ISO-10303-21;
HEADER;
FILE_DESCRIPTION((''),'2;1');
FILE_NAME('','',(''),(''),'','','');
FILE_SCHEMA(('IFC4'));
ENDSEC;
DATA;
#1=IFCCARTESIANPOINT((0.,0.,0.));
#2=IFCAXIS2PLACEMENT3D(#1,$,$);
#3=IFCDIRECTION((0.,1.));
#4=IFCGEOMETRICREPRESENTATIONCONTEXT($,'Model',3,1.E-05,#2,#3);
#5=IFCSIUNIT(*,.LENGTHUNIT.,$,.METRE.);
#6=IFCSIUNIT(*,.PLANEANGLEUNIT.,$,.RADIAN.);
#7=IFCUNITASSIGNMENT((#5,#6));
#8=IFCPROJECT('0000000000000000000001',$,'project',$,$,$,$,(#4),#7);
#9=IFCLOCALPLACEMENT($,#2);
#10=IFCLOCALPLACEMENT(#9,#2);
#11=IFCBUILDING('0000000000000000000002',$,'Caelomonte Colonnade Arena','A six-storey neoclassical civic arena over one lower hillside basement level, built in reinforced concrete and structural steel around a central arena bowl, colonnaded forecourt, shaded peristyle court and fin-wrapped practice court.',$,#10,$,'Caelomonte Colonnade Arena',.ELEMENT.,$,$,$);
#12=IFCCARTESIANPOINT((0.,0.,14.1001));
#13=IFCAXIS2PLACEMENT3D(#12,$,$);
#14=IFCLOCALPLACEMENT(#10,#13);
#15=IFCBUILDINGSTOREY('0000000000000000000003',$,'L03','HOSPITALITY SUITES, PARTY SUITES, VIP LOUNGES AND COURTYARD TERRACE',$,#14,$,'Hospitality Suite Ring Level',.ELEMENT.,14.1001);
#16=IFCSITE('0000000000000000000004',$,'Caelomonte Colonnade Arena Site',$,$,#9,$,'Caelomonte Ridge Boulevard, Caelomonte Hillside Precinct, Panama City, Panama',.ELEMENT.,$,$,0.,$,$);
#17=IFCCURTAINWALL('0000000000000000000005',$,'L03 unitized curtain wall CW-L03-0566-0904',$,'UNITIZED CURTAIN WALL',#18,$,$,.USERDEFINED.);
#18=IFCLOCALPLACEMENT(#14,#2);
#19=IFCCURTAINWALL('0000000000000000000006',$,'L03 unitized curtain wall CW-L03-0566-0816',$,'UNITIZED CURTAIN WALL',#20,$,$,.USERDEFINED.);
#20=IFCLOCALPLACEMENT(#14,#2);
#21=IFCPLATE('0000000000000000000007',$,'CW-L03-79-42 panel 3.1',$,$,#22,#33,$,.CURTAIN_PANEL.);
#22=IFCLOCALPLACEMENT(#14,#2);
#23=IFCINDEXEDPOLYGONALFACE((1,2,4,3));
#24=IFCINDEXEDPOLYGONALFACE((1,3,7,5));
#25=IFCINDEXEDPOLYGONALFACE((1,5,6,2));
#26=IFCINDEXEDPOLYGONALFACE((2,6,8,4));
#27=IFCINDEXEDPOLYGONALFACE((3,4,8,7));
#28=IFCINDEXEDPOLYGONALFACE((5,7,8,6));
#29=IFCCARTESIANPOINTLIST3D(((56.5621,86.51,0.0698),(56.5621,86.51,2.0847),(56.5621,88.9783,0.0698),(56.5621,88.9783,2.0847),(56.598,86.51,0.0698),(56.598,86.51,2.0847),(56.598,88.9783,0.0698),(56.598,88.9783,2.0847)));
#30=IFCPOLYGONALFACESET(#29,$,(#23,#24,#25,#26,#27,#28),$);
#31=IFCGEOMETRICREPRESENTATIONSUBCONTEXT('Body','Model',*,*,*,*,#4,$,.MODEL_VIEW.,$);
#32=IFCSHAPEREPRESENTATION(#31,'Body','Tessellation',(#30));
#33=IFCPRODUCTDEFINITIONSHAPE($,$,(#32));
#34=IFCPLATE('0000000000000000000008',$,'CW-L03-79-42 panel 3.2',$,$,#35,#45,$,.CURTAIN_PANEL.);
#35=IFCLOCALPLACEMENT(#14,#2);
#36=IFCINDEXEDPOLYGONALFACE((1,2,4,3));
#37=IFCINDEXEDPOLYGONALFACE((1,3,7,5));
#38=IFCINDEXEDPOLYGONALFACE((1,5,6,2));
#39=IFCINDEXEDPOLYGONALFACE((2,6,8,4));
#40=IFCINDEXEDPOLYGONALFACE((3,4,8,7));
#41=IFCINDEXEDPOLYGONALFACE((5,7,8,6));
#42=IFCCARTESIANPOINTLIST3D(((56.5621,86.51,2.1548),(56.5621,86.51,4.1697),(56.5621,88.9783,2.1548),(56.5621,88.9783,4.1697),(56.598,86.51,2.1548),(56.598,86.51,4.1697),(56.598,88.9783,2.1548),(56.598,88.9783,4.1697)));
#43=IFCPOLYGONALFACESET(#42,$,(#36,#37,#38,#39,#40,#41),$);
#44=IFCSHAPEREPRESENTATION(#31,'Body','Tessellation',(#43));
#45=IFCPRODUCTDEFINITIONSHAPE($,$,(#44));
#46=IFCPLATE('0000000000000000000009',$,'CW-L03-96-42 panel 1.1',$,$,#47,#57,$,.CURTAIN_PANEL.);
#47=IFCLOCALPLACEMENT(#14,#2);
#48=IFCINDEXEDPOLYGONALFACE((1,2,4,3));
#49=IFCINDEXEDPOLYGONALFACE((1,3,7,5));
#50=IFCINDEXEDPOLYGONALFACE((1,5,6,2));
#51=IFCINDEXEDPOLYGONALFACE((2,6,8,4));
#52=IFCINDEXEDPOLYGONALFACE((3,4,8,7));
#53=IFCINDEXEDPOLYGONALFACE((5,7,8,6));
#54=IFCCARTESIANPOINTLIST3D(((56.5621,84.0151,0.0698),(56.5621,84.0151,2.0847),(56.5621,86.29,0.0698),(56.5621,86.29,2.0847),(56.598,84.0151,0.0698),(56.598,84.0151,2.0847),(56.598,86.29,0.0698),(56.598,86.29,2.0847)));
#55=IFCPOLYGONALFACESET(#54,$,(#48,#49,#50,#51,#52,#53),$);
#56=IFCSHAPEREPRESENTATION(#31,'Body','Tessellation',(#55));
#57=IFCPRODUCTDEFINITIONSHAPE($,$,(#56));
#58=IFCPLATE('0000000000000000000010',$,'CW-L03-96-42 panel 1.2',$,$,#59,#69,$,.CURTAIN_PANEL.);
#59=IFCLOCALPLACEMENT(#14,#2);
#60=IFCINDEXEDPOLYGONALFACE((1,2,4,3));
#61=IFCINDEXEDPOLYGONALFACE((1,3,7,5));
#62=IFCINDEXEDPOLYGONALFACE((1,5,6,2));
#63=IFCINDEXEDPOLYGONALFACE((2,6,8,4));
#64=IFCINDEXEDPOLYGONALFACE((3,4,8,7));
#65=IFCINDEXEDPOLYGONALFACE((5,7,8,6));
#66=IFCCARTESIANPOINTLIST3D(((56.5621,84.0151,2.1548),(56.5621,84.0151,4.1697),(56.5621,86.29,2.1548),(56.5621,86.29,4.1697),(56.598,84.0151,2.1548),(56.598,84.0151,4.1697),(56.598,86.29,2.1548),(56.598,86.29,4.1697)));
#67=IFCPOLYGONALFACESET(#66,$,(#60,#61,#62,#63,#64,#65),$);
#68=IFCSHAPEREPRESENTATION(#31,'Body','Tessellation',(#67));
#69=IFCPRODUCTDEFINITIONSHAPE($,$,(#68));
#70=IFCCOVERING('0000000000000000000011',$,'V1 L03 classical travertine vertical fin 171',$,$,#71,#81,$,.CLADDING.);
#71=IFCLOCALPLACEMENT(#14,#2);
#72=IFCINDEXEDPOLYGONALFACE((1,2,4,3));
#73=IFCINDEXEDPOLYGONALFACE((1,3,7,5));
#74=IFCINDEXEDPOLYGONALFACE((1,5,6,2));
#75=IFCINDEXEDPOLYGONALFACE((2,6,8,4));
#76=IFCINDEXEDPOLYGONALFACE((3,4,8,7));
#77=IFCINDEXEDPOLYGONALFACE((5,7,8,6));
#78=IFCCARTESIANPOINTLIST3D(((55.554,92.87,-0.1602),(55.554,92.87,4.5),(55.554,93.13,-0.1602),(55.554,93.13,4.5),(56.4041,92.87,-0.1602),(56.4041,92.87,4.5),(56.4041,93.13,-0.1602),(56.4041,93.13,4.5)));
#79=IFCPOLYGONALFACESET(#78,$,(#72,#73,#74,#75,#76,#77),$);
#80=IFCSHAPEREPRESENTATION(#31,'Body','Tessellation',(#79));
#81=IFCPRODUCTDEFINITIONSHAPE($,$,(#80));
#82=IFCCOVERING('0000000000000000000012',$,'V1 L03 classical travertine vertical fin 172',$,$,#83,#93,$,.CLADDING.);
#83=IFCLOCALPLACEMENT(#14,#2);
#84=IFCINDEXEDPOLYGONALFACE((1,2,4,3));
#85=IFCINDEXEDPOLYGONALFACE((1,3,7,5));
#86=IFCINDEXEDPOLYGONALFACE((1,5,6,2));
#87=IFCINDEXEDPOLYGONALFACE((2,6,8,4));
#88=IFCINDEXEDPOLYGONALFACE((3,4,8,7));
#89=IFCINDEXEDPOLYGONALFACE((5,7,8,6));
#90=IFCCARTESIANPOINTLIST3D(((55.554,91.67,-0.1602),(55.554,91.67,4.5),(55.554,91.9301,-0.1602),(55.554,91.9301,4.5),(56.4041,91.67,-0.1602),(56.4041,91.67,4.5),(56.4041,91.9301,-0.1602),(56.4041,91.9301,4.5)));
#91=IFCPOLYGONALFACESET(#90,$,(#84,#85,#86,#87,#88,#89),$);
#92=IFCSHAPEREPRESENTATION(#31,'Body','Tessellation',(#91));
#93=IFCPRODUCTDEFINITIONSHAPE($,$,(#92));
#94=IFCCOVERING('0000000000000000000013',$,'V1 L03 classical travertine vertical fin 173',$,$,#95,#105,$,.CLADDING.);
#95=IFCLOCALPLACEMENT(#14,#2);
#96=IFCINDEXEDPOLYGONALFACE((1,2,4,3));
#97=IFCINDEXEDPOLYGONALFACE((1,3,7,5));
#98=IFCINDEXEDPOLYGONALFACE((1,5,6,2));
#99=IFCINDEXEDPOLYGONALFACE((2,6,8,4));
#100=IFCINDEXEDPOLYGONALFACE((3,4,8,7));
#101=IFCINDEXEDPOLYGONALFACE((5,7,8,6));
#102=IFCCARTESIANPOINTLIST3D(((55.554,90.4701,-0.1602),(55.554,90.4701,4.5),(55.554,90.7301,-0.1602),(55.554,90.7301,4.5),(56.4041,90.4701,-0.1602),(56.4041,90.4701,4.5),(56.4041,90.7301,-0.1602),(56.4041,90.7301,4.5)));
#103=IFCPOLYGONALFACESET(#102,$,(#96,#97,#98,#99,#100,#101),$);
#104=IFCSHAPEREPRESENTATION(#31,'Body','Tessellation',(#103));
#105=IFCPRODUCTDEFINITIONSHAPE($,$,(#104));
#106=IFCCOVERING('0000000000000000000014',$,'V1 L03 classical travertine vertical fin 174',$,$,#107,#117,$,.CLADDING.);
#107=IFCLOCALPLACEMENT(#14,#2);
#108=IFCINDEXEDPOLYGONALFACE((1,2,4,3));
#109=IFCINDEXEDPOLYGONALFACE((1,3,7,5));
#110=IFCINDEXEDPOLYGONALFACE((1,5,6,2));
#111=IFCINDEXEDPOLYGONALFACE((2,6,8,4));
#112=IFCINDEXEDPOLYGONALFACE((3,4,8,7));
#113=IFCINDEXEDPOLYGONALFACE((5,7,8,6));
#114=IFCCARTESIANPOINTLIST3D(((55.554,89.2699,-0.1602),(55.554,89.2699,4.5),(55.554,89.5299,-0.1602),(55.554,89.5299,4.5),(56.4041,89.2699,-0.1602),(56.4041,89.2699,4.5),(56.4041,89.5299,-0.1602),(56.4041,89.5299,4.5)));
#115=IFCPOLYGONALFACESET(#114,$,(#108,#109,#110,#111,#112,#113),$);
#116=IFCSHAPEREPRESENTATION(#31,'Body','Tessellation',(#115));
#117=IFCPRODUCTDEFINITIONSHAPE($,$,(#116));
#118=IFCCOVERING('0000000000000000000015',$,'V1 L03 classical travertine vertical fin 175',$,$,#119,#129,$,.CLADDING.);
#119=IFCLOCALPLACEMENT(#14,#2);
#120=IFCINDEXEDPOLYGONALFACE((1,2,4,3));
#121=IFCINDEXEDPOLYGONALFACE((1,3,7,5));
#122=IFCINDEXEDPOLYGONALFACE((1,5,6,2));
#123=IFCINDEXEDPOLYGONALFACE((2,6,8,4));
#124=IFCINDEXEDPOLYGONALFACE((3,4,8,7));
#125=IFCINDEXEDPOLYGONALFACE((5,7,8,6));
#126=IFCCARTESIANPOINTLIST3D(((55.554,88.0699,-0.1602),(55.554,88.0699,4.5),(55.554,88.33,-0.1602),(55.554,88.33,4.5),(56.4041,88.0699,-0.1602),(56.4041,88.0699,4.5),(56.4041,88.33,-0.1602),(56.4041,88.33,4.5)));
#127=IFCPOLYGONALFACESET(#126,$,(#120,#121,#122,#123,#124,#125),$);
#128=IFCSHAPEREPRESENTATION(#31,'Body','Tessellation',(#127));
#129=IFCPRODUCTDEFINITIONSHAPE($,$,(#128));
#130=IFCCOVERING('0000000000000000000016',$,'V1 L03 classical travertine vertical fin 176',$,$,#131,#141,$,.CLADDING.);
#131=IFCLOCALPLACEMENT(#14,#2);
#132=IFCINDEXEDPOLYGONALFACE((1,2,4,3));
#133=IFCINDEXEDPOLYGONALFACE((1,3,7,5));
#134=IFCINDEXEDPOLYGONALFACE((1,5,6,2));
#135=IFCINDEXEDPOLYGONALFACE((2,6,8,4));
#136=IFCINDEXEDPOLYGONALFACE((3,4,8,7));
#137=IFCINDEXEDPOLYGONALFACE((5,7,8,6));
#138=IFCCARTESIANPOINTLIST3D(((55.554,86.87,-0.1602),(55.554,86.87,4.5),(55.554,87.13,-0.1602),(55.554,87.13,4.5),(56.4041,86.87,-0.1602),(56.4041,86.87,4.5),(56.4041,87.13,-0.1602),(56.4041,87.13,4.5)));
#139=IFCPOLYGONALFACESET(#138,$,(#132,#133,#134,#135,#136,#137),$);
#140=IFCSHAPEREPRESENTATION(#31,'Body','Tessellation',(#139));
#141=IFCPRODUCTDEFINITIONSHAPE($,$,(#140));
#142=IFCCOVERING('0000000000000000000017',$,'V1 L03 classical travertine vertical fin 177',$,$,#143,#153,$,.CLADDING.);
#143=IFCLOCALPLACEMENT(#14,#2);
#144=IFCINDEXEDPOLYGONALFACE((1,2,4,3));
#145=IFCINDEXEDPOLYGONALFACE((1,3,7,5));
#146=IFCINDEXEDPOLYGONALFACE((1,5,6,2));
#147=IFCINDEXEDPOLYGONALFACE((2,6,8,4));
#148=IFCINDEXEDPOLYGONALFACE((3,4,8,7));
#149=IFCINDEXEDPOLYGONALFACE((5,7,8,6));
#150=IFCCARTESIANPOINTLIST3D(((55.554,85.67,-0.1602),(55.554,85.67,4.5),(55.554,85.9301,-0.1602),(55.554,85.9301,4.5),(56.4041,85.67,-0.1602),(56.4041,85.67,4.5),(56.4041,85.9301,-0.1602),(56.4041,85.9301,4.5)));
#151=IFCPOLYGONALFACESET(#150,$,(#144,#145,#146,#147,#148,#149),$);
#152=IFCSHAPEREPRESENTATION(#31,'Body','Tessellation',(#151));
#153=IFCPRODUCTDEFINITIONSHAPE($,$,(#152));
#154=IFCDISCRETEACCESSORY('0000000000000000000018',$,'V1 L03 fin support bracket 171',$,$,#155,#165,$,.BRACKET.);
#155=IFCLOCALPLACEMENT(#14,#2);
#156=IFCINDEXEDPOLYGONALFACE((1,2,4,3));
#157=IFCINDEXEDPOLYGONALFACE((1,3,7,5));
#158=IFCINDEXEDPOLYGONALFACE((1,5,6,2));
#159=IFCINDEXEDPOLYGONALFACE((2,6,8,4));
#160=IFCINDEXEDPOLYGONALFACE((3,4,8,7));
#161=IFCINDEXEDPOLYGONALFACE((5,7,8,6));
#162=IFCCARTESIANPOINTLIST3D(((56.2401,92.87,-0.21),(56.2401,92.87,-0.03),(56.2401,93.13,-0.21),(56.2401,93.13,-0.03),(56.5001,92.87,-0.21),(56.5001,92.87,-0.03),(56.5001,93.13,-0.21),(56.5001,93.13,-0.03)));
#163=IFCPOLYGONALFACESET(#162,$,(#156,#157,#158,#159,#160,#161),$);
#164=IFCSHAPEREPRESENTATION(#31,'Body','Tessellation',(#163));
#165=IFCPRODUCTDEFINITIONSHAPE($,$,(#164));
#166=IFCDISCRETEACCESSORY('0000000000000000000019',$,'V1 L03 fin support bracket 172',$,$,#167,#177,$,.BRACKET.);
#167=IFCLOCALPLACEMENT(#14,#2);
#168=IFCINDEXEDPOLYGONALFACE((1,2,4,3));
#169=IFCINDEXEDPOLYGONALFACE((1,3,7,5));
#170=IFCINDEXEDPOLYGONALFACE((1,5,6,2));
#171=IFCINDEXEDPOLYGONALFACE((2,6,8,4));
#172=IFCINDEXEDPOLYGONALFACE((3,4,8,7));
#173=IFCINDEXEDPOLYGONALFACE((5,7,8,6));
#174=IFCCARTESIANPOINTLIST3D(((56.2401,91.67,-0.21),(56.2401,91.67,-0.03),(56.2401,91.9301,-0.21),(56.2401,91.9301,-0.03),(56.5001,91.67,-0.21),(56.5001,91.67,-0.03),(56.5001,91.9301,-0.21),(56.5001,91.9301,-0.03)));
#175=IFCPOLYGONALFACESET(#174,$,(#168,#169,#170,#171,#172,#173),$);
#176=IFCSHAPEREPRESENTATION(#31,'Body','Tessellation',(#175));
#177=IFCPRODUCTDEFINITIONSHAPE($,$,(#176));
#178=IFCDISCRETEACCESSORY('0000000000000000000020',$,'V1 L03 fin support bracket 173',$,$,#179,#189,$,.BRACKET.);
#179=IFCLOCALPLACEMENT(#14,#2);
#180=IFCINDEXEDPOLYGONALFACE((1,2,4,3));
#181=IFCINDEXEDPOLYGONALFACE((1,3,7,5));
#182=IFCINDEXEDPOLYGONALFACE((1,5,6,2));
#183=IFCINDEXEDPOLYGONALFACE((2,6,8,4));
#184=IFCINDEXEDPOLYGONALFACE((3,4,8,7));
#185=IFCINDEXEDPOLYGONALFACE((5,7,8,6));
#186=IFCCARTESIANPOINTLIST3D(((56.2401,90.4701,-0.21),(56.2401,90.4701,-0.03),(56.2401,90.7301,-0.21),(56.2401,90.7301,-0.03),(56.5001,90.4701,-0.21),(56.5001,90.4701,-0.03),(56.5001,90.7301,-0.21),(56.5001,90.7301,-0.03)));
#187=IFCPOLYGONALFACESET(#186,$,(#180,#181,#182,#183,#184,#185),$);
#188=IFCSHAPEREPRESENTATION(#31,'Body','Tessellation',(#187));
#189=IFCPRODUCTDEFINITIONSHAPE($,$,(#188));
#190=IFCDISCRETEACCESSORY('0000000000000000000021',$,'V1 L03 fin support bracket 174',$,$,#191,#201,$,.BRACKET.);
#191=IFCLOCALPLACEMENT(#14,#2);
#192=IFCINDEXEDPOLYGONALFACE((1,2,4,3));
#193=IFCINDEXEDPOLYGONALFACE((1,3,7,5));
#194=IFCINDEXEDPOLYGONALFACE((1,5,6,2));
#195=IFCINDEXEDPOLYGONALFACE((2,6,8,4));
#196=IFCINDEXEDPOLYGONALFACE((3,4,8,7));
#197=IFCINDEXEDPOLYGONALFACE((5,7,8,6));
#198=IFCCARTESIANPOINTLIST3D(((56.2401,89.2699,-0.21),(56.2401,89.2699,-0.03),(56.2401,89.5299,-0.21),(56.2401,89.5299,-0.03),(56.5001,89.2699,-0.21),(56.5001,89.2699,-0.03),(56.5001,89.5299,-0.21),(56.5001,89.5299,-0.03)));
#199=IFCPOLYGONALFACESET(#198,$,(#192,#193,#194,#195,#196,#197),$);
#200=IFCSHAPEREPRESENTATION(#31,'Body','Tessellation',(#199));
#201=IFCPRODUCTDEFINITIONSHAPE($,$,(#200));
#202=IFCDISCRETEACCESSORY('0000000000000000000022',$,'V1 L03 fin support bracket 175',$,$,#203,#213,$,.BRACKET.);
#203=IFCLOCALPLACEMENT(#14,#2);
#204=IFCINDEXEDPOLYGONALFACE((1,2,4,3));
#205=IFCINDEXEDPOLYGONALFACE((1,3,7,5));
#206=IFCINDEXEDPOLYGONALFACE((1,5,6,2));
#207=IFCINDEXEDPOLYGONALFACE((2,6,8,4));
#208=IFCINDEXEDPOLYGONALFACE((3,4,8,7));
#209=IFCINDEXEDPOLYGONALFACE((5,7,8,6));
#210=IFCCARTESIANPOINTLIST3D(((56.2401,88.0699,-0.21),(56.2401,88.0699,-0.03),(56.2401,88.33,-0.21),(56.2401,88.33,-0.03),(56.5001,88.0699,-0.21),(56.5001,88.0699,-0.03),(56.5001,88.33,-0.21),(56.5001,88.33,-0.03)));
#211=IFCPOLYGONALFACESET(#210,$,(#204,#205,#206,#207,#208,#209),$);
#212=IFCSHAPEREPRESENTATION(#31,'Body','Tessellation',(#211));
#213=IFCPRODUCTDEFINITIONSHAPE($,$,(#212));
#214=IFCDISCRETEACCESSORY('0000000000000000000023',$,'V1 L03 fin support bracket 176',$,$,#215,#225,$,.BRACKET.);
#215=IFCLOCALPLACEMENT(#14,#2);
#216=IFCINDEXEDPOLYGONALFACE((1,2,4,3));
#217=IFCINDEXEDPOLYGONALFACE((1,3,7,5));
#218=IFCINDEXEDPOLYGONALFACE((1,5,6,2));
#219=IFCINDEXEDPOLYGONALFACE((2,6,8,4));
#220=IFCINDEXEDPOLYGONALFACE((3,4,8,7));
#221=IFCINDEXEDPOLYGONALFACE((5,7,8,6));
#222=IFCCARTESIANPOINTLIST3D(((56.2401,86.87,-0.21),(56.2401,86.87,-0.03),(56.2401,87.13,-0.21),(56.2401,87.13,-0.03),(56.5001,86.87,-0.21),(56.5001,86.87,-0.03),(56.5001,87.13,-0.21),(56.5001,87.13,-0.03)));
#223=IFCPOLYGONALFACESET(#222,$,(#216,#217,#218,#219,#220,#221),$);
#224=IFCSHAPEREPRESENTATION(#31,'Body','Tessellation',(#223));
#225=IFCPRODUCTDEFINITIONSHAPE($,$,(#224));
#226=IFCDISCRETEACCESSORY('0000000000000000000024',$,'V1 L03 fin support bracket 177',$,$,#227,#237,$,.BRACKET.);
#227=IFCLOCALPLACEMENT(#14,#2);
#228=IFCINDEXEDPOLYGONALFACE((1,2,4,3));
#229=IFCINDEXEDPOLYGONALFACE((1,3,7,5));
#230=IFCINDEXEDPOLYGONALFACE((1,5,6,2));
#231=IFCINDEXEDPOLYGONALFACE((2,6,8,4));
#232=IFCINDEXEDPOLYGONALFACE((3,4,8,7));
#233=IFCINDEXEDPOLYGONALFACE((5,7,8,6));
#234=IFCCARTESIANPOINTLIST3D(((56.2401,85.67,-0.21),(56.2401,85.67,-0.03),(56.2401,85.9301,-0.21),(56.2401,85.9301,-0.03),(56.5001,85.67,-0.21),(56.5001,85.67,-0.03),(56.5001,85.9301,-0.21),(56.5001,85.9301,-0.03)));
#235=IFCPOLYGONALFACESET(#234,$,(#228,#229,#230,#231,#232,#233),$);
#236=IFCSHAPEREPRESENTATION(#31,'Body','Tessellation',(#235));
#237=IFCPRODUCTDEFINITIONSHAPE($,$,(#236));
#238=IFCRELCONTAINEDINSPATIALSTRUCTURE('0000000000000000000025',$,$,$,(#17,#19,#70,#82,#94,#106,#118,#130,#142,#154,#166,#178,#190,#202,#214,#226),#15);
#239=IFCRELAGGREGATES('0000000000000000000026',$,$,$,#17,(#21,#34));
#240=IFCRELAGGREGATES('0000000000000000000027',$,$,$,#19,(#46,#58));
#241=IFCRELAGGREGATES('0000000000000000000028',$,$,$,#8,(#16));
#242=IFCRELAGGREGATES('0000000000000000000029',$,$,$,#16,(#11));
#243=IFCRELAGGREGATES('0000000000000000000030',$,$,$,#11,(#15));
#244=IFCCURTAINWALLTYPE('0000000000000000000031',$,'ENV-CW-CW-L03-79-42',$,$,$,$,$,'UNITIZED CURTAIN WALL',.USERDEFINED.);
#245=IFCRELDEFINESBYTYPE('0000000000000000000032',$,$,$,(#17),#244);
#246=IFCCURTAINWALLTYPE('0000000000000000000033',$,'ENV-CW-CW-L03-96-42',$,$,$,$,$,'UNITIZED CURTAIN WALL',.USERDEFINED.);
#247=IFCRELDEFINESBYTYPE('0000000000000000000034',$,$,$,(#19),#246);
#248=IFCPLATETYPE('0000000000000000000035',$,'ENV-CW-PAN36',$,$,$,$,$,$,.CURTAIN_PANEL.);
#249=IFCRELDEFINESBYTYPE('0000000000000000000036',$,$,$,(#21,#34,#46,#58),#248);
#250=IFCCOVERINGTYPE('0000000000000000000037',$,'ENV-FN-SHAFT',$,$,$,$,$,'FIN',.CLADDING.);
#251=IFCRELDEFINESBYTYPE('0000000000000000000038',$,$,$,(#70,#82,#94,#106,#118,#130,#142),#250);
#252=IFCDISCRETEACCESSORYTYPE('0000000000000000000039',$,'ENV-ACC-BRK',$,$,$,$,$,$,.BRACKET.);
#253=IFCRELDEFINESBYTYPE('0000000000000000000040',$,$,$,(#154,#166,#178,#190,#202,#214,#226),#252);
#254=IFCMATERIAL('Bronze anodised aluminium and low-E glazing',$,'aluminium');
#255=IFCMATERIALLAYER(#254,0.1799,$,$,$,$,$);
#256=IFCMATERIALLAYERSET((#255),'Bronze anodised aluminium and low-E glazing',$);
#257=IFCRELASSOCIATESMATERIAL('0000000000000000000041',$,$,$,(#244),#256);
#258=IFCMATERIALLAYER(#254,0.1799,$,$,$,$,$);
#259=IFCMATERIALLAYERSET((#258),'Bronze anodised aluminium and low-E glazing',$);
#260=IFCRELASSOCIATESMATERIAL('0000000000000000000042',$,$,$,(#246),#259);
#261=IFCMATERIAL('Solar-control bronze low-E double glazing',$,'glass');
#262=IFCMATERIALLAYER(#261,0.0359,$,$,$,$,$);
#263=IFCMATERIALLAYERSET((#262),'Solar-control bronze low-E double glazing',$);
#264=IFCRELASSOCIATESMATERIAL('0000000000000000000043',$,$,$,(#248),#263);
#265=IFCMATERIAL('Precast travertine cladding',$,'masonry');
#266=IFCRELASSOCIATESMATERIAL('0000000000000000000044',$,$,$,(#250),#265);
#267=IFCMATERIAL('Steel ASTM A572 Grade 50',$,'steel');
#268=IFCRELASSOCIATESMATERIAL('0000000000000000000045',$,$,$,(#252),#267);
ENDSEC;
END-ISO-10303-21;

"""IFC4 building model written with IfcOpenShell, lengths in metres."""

from ifc_helpers import new_model, si_unit, direction, frame, origin, origin_2d, place, context, subcontext, project, spatial, rectangle, extrude, material, layer, layer_set, material_profile, profile_set, type_object, element, aggregate, save


model = new_model("IFC4")

# Units and contexts
model_context = context("Model", 3, precision=1e-05, world=origin(), true_north=direction((0.0, 1.0)))
body_context = subcontext(model_context, "Body", "Model", "MODEL_VIEW")
ifc_project = project(units=[si_unit("LENGTHUNIT", "METRE"), si_unit("PLANEANGLEUNIT", "RADIAN")], contexts=[model_context])

# Site, building, storey
site_placement = place(None, origin())
site = spatial("IfcSite", under=ifc_project, at=site_placement, Name="Caelomonte Colonnade Arena Site", LongName="Caelomonte Ridge Boulevard, Caelomonte Hillside Precinct, Panama City, Panama", CompositionType="ELEMENT", RefElevation=0.0)
building_placement = place(site_placement, origin())
building = spatial("IfcBuilding", under=site, at=building_placement, Name="Caelomonte Colonnade Arena", Description="A six-storey neoclassical civic arena over one lower hillside basement level, built in reinforced concrete and structural steel around a central arena bowl, colonnaded forecourt, shaded peristyle court and fin-wrapped practice court.", LongName="Caelomonte Colonnade Arena", CompositionType="ELEMENT")
storey_placement = place(building_placement, frame((0.0, 0.0, 14.1001)))
storey = spatial("IfcBuildingStorey", under=building, at=storey_placement, Name="L03", Description="HOSPITALITY SUITES, PARTY SUITES, VIP LOUNGES AND COURTYARD TERRACE", LongName="Hospitality Suite Ring Level", CompositionType="ELEMENT", Elevation=14.1001)

# Curtain wall
ifc_material_1 = material(Name="Bronze anodised aluminium and low-E glazing", Category="aluminium")
ifc_layer_1 = layer(ifc_material_1, 0.1799)
ifc_layer_set_1 = layer_set([ifc_layer_1], Name="Bronze anodised aluminium and low-E glazing")
curtain_wall_type_1 = type_object("IfcCurtainWallType", Name="ENV-CW-CW-L03-79-42", ElementType="UNITIZED CURTAIN WALL", PredefinedType="USERDEFINED", material=ifc_layer_set_1)
curtain_wall_1_placement = place(storey_placement, origin())
curtain_wall_1 = element("IfcCurtainWall", 1, at=curtain_wall_1_placement, inside=storey, type_object=curtain_wall_type_1, Name="L03 unitized curtain wall CW-L03-0566-0904", ObjectType="UNITIZED CURTAIN WALL", PredefinedType="USERDEFINED")

# Curtain wall
ifc_layer_2 = layer(ifc_material_1, 0.1799)
ifc_layer_set_2 = layer_set([ifc_layer_2], Name="Bronze anodised aluminium and low-E glazing")
curtain_wall_type_2 = type_object("IfcCurtainWallType", Name="ENV-CW-CW-L03-96-42", ElementType="UNITIZED CURTAIN WALL", PredefinedType="USERDEFINED", material=ifc_layer_set_2)
curtain_wall_2_placement = place(storey_placement, origin())
curtain_wall_2 = element("IfcCurtainWall", 2, at=curtain_wall_2_placement, inside=storey, type_object=curtain_wall_type_2, Name="L03 unitized curtain wall CW-L03-0566-0816", ObjectType="UNITIZED CURTAIN WALL", PredefinedType="USERDEFINED")

# Plates
ifc_material_2 = material(Name="Solar-control bronze low-E double glazing", Category="glass")
ifc_layer_3 = layer(ifc_material_2, 0.0359)
ifc_layer_set_3 = layer_set([ifc_layer_3], Name="Solar-control bronze low-E double glazing")
plate_type = type_object("IfcPlateType", Name="ENV-CW-PAN36", PredefinedType="CURTAIN_PANEL", material=ifc_layer_set_3)
plate_1_placement = place(storey_placement, frame((56.5801, 87.7441, 0.0698), z_axis=(0.0, 0.0, 1.0), x_axis=(0.0, -1.0, 0.0)))
plate_1 = element("IfcPlate", 3, at=plate_1_placement, type_object=plate_type, Name="CW-L03-79-42 panel 3.1", PredefinedType="CURTAIN_PANEL", context=body_context, shape_type="SweptSolid", body=[
    extrude(rectangle(XDim=2.4683, YDim=0.0359, at=origin_2d()), origin(), (0.0, 0.0, 1.0), 2.0149),
])
plate_2_placement = place(storey_placement, frame((56.5801, 87.7441, 2.1548), z_axis=(0.0, 0.0, 1.0), x_axis=(0.0, -1.0, 0.0)))
plate_2 = element("IfcPlate", 4, at=plate_2_placement, type_object=plate_type, Name="CW-L03-79-42 panel 3.2", PredefinedType="CURTAIN_PANEL", context=body_context, shape_type="SweptSolid", body=[
    extrude(rectangle(XDim=2.4683, YDim=0.0359, at=origin_2d()), origin(), (0.0, 0.0, 1.0), 2.0149),
])
aggregate(curtain_wall_1, [plate_1, plate_2])
plate_3_placement = place(storey_placement, frame((56.5801, 85.1526, 0.0698), z_axis=(0.0, 0.0, 1.0), x_axis=(0.0, -1.0, 0.0)))
plate_3 = element("IfcPlate", 5, at=plate_3_placement, type_object=plate_type, Name="CW-L03-96-42 panel 1.1", PredefinedType="CURTAIN_PANEL", context=body_context, shape_type="SweptSolid", body=[
    extrude(rectangle(XDim=2.2749, YDim=0.0359, at=origin_2d()), origin(), (0.0, 0.0, 1.0), 2.0149),
])
plate_4_placement = place(storey_placement, frame((56.5801, 85.1526, 2.1548), z_axis=(0.0, 0.0, 1.0), x_axis=(0.0, -1.0, 0.0)))
plate_4 = element("IfcPlate", 6, at=plate_4_placement, type_object=plate_type, Name="CW-L03-96-42 panel 1.2", PredefinedType="CURTAIN_PANEL", context=body_context, shape_type="SweptSolid", body=[
    extrude(rectangle(XDim=2.2749, YDim=0.0359, at=origin_2d()), origin(), (0.0, 0.0, 1.0), 2.0149),
])
aggregate(curtain_wall_2, [plate_3, plate_4])

# Coverings
ifc_material_3 = material(Name="Precast travertine cladding", Category="masonry")
ifc_material_profile_1 = material_profile(ifc_material_3, rectangle(XDim=0.26, YDim=0.8501, at=origin_2d()), Name="FIN260X850")
ifc_profile_set_1 = profile_set([ifc_material_profile_1], Name="Precast travertine cladding")
covering_type = type_object("IfcCoveringType", Name="ENV-FN-SHAFT", ElementType="FIN", PredefinedType="CLADDING", material=ifc_profile_set_1)
for number, where, z_axis, x_axis, name in (
    (7, (55.979, 93.0, -0.1602), (0.0, 0.0, 1.0), (0.0, 1.0, 0.0), "V1 L03 classical travertine vertical fin 171"),
    (8, (55.979, 91.8, -0.1602), (0.0, 0.0, 1.0), (0.0, 1.0, 0.0), "V1 L03 classical travertine vertical fin 172"),
    (9, (55.979, 90.6001, -0.1602), (0.0, 0.0, 1.0), (0.0, 1.0, 0.0), "V1 L03 classical travertine vertical fin 173"),
    (10, (55.979, 89.3999, -0.1602), (0.0, 0.0, 1.0), (0.0, 1.0, 0.0), "V1 L03 classical travertine vertical fin 174"),
    (11, (55.979, 88.2, -0.1602), (0.0, 0.0, 1.0), (0.0, 1.0, 0.0), "V1 L03 classical travertine vertical fin 175"),
    (12, (55.979, 87.0, -0.1602), (0.0, 0.0, 1.0), (0.0, 1.0, 0.0), "V1 L03 classical travertine vertical fin 176"),
    (13, (55.979, 85.8, -0.1602), (0.0, 0.0, 1.0), (0.0, 1.0, 0.0), "V1 L03 classical travertine vertical fin 177"),
):
    element("IfcCovering", number, at=place(storey_placement, frame(where, z_axis=z_axis, x_axis=x_axis)), inside=storey, type_object=covering_type, Name=name, PredefinedType="CLADDING", context=body_context, shape_type="SweptSolid", body=[
        extrude(rectangle(XDim=0.26, YDim=0.8501, at=origin_2d()), origin(), (0.0, 0.0, 1.0), 4.6602),
    ])

# Discrete accessories
ifc_material_4 = material(Name="Steel ASTM A572 Grade 50", Category="steel")
discrete_accessory_type = type_object("IfcDiscreteAccessoryType", Name="ENV-ACC-BRK", PredefinedType="BRACKET", material=ifc_material_4)
for number, where, z_axis, x_axis, name in (
    (14, (56.3701, 93.0, -0.21), (0.0, 0.0, 1.0), (0.0, -1.0, 0.0), "V1 L03 fin support bracket 171"),
    (15, (56.3701, 91.8, -0.21), (0.0, 0.0, 1.0), (0.0, -1.0, 0.0), "V1 L03 fin support bracket 172"),
    (16, (56.3701, 90.6001, -0.21), (0.0, 0.0, 1.0), (0.0, -1.0, 0.0), "V1 L03 fin support bracket 173"),
    (17, (56.3701, 89.3999, -0.21), (0.0, 0.0, 1.0), (0.0, -1.0, 0.0), "V1 L03 fin support bracket 174"),
    (18, (56.3701, 88.2, -0.21), (0.0, 0.0, 1.0), (0.0, -1.0, 0.0), "V1 L03 fin support bracket 175"),
    (19, (56.3701, 87.0, -0.21), (0.0, 0.0, 1.0), (0.0, -1.0, 0.0), "V1 L03 fin support bracket 176"),
    (20, (56.3701, 85.8, -0.21), (0.0, 0.0, 1.0), (0.0, -1.0, 0.0), "V1 L03 fin support bracket 177"),
):
    element("IfcDiscreteAccessory", number, at=place(storey_placement, frame(where, z_axis=z_axis, x_axis=x_axis)), inside=storey, type_object=discrete_accessory_type, Name=name, PredefinedType="BRACKET", context=body_context, shape_type="SweptSolid", body=[
        extrude(rectangle(XDim=0.26, YDim=0.26, at=origin_2d()), origin(), (0.0, 0.0, 1.0), 0.1799),
    ])

save(model, "model.ifc")
